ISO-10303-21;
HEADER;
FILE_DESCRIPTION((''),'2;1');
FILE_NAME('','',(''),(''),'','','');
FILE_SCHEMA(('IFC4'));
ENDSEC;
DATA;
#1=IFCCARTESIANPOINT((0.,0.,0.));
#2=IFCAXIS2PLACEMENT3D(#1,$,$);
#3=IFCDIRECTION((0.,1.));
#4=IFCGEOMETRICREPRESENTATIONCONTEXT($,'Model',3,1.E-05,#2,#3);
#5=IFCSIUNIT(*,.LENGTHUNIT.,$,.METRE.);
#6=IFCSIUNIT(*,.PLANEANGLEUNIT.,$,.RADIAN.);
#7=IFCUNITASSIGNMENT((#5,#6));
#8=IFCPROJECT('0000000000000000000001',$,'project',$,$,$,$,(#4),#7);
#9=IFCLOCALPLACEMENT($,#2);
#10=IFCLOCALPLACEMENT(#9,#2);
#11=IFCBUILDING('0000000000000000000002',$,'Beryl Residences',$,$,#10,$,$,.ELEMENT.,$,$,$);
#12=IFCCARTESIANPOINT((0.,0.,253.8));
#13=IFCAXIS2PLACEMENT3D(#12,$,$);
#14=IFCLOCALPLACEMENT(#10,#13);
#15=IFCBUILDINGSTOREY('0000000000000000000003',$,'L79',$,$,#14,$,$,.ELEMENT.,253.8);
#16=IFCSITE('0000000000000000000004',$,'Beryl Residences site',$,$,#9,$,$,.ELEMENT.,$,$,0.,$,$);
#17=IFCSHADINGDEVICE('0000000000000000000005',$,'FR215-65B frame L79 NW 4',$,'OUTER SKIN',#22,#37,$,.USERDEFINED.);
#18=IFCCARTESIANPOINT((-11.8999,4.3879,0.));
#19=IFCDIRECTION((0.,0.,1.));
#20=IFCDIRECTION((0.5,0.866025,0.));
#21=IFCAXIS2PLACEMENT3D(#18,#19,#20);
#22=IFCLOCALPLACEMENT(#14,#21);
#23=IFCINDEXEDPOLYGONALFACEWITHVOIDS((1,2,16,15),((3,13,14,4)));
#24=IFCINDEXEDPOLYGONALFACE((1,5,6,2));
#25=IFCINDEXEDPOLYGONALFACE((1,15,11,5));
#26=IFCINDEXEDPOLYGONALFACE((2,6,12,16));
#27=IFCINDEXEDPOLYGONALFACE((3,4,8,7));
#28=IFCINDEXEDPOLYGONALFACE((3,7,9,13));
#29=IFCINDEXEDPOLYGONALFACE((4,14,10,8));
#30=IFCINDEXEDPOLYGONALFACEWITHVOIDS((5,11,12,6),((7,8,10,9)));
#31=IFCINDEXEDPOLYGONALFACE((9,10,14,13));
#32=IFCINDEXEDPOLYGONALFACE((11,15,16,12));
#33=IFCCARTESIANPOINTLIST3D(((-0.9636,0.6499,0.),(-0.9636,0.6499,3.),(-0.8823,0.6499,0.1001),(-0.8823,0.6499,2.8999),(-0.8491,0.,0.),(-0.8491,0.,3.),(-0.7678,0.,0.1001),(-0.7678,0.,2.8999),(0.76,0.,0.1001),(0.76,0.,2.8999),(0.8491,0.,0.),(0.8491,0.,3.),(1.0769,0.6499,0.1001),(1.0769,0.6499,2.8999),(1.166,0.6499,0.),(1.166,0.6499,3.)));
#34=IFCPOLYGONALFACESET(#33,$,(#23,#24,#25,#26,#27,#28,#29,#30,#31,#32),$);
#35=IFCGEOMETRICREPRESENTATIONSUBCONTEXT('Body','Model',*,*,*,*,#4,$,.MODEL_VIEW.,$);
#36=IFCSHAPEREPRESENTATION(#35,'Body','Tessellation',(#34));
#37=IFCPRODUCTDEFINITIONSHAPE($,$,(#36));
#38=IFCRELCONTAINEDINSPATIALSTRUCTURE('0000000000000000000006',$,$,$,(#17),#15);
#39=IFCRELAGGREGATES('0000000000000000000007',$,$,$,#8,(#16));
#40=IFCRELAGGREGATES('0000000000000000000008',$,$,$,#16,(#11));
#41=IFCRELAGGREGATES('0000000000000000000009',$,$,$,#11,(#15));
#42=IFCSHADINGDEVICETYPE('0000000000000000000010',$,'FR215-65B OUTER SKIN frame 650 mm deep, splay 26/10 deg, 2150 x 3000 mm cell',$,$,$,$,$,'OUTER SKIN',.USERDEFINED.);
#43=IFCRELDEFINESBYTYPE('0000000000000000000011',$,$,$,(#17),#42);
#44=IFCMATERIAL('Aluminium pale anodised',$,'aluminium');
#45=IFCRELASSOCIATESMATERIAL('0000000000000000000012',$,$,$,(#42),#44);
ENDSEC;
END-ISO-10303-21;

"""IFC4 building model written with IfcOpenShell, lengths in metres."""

from ifc_helpers import new_model, entity, si_unit, direction, frame, origin, place, context, subcontext, project, spatial, source, transform, mapped, material, type_object, type_shapes, element, save


model = new_model("IFC4")

# Units and contexts
model_context = context("Model", 3, precision=1e-05, world=origin(), true_north=direction((0.0, 1.0)))
body_context = subcontext(model_context, "Body", "Model", "MODEL_VIEW")
ifc_project = project(units=[si_unit("LENGTHUNIT", "METRE"), si_unit("PLANEANGLEUNIT", "RADIAN")], contexts=[model_context])

# Site, building, storey
site_placement = place(None, origin())
site = spatial("IfcSite", under=ifc_project, at=site_placement, Name="Beryl Residences site", CompositionType="ELEMENT", RefElevation=0.0)
building_placement = place(site_placement, origin())
building = spatial("IfcBuilding", under=site, at=building_placement, Name="Beryl Residences", CompositionType="ELEMENT")
storey_placement = place(building_placement, frame((0.0, 0.0, 253.8)))
storey = spatial("IfcBuildingStorey", under=building, at=storey_placement, Name="L79", CompositionType="ELEMENT", Elevation=253.8)

# Shading device
ifc_material_1 = material(Name="Aluminium pale anodised", Category="aluminium")
shading_device_type_1 = type_object("IfcShadingDeviceType", Name="FR215-65B OUTER SKIN frame 650 mm deep, splay 26/10 deg, 2150 x 3000 mm cell", ElementType="OUTER SKIN", PredefinedType="USERDEFINED", material=ifc_material_1)
cartesian_point_1 = entity("IfcCartesianPoint", [-0.8491, 0.0])
cartesian_point_2 = entity("IfcCartesianPoint", [-0.76, 0.1001])
cartesian_point_3 = entity("IfcCartesianPoint", [-1.166, 0.0])
cartesian_point_4 = entity("IfcCartesianPoint", [-1.0769, 0.1001])
shared_shape_1 = source(origin(), body_context, "Body", "SweptSolid", [
    entity("IfcExtrudedAreaSolidTapered", entity("IfcArbitraryProfileDefWithVoids", "AREA", None, entity("IfcPolyline", [cartesian_point_1, entity("IfcCartesianPoint", [0.8491, 0.0]), entity("IfcCartesianPoint", [0.8491, 3.0]), entity("IfcCartesianPoint", [-0.8491, 3.0]), cartesian_point_1]), [entity("IfcPolyline", [cartesian_point_2, entity("IfcCartesianPoint", [0.7678, 0.1001]), entity("IfcCartesianPoint", [0.7678, 2.8999]), entity("IfcCartesianPoint", [-0.76, 2.8999]), cartesian_point_2])]), entity("IfcAxis2Placement3D", entity("IfcCartesianPoint", [0.0, 0.0, 0.0]), entity("IfcDirection", [0.0, 1.0, 0.0]), entity("IfcDirection", [-1.0, 0.0, 0.0])), entity("IfcDirection", [0.0, 0.0, 1.0]), 0.6499, entity("IfcArbitraryProfileDefWithVoids", "AREA", None, entity("IfcPolyline", [cartesian_point_3, entity("IfcCartesianPoint", [0.9636, 0.0]), entity("IfcCartesianPoint", [0.9636, 3.0]), entity("IfcCartesianPoint", [-1.166, 3.0]), cartesian_point_3]), [entity("IfcPolyline", [cartesian_point_4, entity("IfcCartesianPoint", [0.8823, 0.1001]), entity("IfcCartesianPoint", [0.8823, 2.8999]), entity("IfcCartesianPoint", [-1.0769, 2.8999]), cartesian_point_4])])),
])
type_shapes(shading_device_type_1, [shared_shape_1])
for number, where, z_axis, x_axis, name in (
    (1, (-11.8999, 4.3879, 0.0), (0.0, 0.0, 1.0), (0.5, 0.866025, 0.0), "FR215-65B frame L79 NW 4"),
):
    element("IfcShadingDevice", number, at=place(storey_placement, frame(where, z_axis=z_axis, x_axis=x_axis)), inside=storey, type_object=shading_device_type_1, Name=name, ObjectType="OUTER SKIN", PredefinedType="USERDEFINED", context=body_context, shape_type="MappedRepresentation", body=[
        mapped(shared_shape_1, transform((0.0, 0.0, 0.0))),
    ])

save(model, "model.ifc")
